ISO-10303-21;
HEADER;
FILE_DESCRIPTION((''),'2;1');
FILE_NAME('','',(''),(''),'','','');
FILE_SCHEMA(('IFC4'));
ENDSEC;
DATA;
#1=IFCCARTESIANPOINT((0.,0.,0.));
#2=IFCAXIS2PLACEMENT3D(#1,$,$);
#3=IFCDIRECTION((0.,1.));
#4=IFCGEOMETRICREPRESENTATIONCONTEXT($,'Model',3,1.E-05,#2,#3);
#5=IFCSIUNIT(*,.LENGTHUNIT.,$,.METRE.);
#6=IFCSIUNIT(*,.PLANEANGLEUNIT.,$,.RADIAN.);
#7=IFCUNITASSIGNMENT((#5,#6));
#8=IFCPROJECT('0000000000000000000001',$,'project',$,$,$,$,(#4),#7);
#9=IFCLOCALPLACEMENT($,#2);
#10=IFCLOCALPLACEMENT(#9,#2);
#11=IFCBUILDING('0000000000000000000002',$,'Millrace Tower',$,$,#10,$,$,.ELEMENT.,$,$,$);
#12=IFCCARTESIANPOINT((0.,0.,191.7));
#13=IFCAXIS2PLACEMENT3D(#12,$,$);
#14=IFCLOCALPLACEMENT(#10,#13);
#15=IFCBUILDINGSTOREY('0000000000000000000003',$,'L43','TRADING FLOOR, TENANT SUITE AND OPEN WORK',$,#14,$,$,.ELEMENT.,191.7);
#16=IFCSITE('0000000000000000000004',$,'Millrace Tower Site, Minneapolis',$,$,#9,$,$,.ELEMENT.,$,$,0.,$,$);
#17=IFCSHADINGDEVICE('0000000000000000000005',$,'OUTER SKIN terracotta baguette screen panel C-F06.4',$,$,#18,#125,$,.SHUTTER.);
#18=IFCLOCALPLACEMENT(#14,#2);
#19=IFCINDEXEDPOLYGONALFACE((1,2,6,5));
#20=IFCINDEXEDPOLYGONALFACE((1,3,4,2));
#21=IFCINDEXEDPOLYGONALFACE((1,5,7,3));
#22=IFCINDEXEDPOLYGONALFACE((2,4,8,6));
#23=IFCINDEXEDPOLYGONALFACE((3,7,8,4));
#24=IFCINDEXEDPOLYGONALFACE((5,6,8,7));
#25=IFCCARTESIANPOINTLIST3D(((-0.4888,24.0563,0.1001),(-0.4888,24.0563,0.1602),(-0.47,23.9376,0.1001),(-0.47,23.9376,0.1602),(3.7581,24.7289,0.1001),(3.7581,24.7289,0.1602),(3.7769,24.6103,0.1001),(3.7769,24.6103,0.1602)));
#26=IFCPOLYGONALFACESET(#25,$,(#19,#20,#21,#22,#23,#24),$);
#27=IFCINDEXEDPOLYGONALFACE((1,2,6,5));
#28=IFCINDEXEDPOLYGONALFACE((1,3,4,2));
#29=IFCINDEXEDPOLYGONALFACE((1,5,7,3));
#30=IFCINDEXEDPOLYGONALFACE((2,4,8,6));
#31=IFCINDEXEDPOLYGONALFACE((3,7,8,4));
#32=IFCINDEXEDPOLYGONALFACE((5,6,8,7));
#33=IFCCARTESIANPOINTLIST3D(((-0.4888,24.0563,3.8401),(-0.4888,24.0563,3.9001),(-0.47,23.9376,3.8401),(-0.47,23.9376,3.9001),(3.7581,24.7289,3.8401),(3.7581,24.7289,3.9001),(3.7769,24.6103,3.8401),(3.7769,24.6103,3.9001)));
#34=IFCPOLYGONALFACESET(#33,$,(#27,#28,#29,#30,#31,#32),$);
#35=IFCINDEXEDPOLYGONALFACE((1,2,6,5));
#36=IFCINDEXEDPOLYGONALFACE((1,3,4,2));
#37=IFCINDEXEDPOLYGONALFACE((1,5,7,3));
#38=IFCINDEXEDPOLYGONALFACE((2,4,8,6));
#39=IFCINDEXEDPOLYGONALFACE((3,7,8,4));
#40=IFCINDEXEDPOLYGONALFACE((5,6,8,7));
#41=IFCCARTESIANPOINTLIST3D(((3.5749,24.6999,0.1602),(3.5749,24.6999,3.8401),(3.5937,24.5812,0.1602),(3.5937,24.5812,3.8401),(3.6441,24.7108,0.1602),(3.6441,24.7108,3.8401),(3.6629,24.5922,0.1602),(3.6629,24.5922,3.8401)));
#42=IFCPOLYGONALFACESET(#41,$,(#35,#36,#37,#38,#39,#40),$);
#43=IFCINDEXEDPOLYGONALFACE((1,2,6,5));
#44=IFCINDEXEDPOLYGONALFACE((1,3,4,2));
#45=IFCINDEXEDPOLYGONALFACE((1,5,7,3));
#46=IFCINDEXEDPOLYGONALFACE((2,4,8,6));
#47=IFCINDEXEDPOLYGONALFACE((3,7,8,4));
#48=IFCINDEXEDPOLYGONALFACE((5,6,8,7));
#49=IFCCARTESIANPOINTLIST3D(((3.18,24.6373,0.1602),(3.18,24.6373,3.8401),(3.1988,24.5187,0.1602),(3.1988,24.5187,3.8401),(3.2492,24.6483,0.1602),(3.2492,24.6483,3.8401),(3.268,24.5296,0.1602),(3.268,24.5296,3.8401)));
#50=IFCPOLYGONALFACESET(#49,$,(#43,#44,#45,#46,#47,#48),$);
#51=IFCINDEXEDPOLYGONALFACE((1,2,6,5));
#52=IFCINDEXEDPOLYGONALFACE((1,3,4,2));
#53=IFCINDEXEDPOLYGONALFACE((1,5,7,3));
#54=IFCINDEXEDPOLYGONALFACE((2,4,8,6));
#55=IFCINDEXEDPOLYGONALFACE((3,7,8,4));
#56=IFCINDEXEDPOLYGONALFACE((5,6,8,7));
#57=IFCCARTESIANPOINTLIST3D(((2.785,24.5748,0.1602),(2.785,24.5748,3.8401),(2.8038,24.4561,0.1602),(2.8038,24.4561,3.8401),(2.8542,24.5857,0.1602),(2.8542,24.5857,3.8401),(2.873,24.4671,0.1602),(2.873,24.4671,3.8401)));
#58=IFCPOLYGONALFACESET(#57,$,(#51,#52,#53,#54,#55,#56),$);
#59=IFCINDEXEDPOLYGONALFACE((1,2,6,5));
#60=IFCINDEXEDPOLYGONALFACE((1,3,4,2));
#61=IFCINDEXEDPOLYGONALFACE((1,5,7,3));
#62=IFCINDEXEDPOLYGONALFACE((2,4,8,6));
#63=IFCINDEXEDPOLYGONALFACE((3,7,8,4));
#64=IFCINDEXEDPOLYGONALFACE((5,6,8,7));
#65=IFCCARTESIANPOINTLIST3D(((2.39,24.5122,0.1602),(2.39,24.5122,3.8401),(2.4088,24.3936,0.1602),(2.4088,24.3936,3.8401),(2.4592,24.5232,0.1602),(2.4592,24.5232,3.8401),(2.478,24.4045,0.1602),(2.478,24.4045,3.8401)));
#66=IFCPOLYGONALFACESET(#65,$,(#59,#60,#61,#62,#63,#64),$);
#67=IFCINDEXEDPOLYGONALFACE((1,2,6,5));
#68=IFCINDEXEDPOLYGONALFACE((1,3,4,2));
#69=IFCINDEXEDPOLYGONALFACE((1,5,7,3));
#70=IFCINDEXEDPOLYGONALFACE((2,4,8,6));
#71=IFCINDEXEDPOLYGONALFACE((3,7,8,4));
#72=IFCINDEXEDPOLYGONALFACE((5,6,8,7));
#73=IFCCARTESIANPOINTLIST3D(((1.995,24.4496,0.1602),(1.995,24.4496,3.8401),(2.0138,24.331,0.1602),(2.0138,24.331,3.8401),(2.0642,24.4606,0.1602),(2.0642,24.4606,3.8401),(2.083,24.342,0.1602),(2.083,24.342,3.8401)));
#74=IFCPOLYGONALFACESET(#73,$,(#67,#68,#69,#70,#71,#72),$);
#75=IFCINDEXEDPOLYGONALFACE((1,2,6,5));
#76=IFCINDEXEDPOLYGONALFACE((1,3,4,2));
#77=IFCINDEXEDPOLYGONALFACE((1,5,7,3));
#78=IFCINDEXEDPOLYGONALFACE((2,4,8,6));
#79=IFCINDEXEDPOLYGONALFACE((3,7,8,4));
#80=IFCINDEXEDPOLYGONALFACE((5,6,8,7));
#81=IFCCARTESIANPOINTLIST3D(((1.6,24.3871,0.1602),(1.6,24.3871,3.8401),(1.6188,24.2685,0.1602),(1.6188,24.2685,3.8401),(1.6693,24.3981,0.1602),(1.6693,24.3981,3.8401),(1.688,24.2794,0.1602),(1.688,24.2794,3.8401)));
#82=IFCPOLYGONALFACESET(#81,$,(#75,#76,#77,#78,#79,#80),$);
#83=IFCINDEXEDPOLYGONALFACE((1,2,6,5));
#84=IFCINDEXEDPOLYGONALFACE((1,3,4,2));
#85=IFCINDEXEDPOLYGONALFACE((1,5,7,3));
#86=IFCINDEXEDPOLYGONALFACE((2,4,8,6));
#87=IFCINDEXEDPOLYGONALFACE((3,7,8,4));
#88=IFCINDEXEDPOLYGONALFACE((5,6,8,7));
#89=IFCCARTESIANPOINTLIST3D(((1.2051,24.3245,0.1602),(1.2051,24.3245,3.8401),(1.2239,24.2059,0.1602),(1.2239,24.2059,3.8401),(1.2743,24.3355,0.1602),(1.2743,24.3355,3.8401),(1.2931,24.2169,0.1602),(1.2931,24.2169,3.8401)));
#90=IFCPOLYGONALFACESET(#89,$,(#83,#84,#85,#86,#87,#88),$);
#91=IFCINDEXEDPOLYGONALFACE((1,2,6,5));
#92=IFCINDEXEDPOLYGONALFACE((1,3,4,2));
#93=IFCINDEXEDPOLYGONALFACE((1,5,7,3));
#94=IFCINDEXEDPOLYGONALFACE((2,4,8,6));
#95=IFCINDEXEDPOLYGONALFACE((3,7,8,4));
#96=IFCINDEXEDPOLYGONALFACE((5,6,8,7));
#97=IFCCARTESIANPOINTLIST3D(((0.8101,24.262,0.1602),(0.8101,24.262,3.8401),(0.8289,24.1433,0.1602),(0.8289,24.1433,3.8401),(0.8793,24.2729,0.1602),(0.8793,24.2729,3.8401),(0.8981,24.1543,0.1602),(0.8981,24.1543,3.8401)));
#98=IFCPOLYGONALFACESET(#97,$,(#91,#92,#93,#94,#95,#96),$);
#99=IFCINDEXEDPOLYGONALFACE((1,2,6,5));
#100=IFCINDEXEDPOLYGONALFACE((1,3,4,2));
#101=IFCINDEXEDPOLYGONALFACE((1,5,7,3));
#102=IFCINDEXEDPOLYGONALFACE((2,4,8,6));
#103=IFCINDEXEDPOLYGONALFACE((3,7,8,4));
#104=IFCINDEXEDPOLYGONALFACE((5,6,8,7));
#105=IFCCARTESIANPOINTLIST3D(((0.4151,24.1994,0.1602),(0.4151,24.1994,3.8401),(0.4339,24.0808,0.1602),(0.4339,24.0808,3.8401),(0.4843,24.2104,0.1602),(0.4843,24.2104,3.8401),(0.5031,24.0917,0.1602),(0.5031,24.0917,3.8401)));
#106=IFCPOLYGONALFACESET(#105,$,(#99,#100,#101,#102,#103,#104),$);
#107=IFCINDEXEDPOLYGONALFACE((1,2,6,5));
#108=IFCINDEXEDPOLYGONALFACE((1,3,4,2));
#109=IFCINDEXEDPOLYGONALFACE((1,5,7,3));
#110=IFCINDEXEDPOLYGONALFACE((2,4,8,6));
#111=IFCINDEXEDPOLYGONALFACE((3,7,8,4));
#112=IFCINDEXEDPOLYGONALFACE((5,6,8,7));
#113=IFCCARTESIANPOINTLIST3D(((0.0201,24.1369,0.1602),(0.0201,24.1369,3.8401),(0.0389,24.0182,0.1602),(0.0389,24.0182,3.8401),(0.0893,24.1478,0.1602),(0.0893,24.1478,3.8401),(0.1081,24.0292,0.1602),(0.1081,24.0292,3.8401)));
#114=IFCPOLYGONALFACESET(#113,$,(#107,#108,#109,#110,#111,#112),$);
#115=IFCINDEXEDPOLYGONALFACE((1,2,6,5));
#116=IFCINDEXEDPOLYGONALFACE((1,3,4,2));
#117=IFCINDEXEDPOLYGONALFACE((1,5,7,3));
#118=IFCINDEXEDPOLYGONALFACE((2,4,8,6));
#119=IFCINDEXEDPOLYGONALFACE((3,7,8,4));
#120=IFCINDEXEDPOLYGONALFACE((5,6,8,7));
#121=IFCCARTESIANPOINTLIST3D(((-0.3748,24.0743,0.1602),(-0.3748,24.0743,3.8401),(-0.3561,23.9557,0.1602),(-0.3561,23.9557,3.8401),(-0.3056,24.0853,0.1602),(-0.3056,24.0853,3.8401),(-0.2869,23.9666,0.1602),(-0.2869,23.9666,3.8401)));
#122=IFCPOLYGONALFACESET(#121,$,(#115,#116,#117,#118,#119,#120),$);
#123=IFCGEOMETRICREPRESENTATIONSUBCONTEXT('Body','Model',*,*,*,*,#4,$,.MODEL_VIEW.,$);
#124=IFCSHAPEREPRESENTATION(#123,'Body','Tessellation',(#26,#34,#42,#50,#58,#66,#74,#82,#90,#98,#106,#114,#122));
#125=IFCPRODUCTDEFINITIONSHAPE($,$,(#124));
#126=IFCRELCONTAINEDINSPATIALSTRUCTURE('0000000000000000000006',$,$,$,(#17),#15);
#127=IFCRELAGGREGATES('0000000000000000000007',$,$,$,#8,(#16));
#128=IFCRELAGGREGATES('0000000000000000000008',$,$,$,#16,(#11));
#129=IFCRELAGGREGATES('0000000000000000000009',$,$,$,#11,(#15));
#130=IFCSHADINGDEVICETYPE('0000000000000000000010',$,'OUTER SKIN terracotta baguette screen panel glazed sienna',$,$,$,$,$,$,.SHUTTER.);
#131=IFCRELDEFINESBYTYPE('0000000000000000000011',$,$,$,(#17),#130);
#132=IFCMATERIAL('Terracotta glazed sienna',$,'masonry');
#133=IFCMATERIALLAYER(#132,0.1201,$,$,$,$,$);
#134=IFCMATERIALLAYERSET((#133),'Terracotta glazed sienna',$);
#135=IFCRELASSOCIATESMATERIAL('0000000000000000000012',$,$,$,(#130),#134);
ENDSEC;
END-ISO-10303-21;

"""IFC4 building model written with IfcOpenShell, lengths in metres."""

from ifc_helpers import new_model, entity, si_unit, direction, frame, frame_2d, origin, origin_2d, place, context, subcontext, project, spatial, rectangle, extrude, source, transform, mapped, material, layer, layer_set, type_object, element, save


model = new_model("IFC4")

# Units and contexts
model_context = context("Model", 3, precision=1e-05, world=origin(), true_north=direction((0.0, 1.0)))
body_context = subcontext(model_context, "Body", "Model", "MODEL_VIEW")
ifc_project = project(units=[si_unit("LENGTHUNIT", "METRE"), si_unit("PLANEANGLEUNIT", "RADIAN")], contexts=[model_context])

# Site, building, storey
site_placement = place(None, origin())
site = spatial("IfcSite", under=ifc_project, at=site_placement, Name="Millrace Tower Site, Minneapolis", CompositionType="ELEMENT", RefElevation=0.0)
building_placement = place(site_placement, origin())
building = spatial("IfcBuilding", under=site, at=building_placement, Name="Millrace Tower", CompositionType="ELEMENT")
storey_placement = place(building_placement, frame((0.0, 0.0, 191.7)))
storey = spatial("IfcBuildingStorey", under=building, at=storey_placement, Name="L43", Description="TRADING FLOOR, TENANT SUITE AND OPEN WORK", CompositionType="ELEMENT", Elevation=191.7)

# Shading device
ifc_material_1 = material(Name="Terracotta glazed sienna", Category="masonry")
ifc_layer_1 = layer(ifc_material_1, 0.1201)
ifc_layer_set_1 = layer_set([ifc_layer_1], Name="Terracotta glazed sienna")
shading_device_type = type_object("IfcShadingDeviceType", Name="OUTER SKIN terracotta baguette screen panel glazed sienna", PredefinedType="SHUTTER", material=ifc_layer_set_1)
cartesian_point_1 = entity("IfcCartesianPoint", [-2.1499, 0.0601])
shared_polyline_1 = entity("IfcPolyline", [cartesian_point_1, entity("IfcCartesianPoint", [2.1499, 0.0601]), entity("IfcCartesianPoint", [2.1499, -0.0601]), entity("IfcCartesianPoint", [-2.1499, -0.0601]), cartesian_point_1])
shared_shape_1 = source(origin(), body_context, "Body", "SweptSolid", [
    entity("IfcExtrudedAreaSolid", entity("IfcArbitraryClosedProfileDef", "AREA", None, shared_polyline_1), entity("IfcAxis2Placement3D", entity("IfcCartesianPoint", [0.0, 0.0, 0.0])), entity("IfcDirection", [0.0, 0.0, 1.0]), 0.0601),
    entity("IfcExtrudedAreaSolid", entity("IfcArbitraryClosedProfileDef", "AREA", None, shared_polyline_1), entity("IfcAxis2Placement3D", entity("IfcCartesianPoint", [0.0, 0.0, 3.74])), entity("IfcDirection", [0.0, 0.0, 1.0]), 0.0601),
    extrude(rectangle(XDim=0.0701, YDim=0.1201, at=frame_2d((-1.9995, 0.0))), frame((0.0, 0.0, 0.0601)), (0.0, 0.0, 1.0), 3.6799),
    extrude(rectangle(XDim=0.0701, YDim=0.1201, at=frame_2d((-1.5996, 0.0))), frame((0.0, 0.0, 0.0601)), (0.0, 0.0, 1.0), 3.6799),
    extrude(rectangle(XDim=0.0701, YDim=0.1201, at=frame_2d((-1.1997, 0.0))), frame((0.0, 0.0, 0.0601)), (0.0, 0.0, 1.0), 3.6799),
    extrude(rectangle(XDim=0.0701, YDim=0.1201, at=frame_2d((-0.7998, 0.0))), frame((0.0, 0.0, 0.0601)), (0.0, 0.0, 1.0), 3.6799),
    extrude(rectangle(XDim=0.0701, YDim=0.1201, at=frame_2d((-0.3999, 0.0))), frame((0.0, 0.0, 0.0601)), (0.0, 0.0, 1.0), 3.6799),
    extrude(rectangle(XDim=0.0701, YDim=0.1201, at=origin_2d()), frame((0.0, 0.0, 0.0601)), (0.0, 0.0, 1.0), 3.6799),
    extrude(rectangle(XDim=0.0701, YDim=0.1201, at=frame_2d((0.3999, 0.0))), frame((0.0, 0.0, 0.0601)), (0.0, 0.0, 1.0), 3.6799),
    extrude(rectangle(XDim=0.0701, YDim=0.1201, at=frame_2d((0.7998, 0.0))), frame((0.0, 0.0, 0.0601)), (0.0, 0.0, 1.0), 3.6799),
    extrude(rectangle(XDim=0.0701, YDim=0.1201, at=frame_2d((1.1997, 0.0))), frame((0.0, 0.0, 0.0601)), (0.0, 0.0, 1.0), 3.6799),
    extrude(rectangle(XDim=0.0701, YDim=0.1201, at=frame_2d((1.5996, 0.0))), frame((0.0, 0.0, 0.0601)), (0.0, 0.0, 1.0), 3.6799),
    extrude(rectangle(XDim=0.0701, YDim=0.1201, at=frame_2d((1.9995, 0.0))), frame((0.0, 0.0, 0.0601)), (0.0, 0.0, 1.0), 3.6799),
])
for number, where, z_axis, x_axis, name in (
    (1, (1.644, 24.3333, 0.1001), (0.0, 0.0, 1.0), (-0.987688, -0.156434, 0.0), "OUTER SKIN terracotta baguette screen panel C-F06.4"),
):
    element("IfcShadingDevice", number, at=place(storey_placement, frame(where, z_axis=z_axis, x_axis=x_axis)), inside=storey, type_object=shading_device_type, Name=name, PredefinedType="SHUTTER", context=body_context, shape_type="MappedRepresentation", body=[
        mapped(shared_shape_1, transform((0.0, 0.0, 0.0), scale=1.0)),
    ])

save(model, "model.ifc")
